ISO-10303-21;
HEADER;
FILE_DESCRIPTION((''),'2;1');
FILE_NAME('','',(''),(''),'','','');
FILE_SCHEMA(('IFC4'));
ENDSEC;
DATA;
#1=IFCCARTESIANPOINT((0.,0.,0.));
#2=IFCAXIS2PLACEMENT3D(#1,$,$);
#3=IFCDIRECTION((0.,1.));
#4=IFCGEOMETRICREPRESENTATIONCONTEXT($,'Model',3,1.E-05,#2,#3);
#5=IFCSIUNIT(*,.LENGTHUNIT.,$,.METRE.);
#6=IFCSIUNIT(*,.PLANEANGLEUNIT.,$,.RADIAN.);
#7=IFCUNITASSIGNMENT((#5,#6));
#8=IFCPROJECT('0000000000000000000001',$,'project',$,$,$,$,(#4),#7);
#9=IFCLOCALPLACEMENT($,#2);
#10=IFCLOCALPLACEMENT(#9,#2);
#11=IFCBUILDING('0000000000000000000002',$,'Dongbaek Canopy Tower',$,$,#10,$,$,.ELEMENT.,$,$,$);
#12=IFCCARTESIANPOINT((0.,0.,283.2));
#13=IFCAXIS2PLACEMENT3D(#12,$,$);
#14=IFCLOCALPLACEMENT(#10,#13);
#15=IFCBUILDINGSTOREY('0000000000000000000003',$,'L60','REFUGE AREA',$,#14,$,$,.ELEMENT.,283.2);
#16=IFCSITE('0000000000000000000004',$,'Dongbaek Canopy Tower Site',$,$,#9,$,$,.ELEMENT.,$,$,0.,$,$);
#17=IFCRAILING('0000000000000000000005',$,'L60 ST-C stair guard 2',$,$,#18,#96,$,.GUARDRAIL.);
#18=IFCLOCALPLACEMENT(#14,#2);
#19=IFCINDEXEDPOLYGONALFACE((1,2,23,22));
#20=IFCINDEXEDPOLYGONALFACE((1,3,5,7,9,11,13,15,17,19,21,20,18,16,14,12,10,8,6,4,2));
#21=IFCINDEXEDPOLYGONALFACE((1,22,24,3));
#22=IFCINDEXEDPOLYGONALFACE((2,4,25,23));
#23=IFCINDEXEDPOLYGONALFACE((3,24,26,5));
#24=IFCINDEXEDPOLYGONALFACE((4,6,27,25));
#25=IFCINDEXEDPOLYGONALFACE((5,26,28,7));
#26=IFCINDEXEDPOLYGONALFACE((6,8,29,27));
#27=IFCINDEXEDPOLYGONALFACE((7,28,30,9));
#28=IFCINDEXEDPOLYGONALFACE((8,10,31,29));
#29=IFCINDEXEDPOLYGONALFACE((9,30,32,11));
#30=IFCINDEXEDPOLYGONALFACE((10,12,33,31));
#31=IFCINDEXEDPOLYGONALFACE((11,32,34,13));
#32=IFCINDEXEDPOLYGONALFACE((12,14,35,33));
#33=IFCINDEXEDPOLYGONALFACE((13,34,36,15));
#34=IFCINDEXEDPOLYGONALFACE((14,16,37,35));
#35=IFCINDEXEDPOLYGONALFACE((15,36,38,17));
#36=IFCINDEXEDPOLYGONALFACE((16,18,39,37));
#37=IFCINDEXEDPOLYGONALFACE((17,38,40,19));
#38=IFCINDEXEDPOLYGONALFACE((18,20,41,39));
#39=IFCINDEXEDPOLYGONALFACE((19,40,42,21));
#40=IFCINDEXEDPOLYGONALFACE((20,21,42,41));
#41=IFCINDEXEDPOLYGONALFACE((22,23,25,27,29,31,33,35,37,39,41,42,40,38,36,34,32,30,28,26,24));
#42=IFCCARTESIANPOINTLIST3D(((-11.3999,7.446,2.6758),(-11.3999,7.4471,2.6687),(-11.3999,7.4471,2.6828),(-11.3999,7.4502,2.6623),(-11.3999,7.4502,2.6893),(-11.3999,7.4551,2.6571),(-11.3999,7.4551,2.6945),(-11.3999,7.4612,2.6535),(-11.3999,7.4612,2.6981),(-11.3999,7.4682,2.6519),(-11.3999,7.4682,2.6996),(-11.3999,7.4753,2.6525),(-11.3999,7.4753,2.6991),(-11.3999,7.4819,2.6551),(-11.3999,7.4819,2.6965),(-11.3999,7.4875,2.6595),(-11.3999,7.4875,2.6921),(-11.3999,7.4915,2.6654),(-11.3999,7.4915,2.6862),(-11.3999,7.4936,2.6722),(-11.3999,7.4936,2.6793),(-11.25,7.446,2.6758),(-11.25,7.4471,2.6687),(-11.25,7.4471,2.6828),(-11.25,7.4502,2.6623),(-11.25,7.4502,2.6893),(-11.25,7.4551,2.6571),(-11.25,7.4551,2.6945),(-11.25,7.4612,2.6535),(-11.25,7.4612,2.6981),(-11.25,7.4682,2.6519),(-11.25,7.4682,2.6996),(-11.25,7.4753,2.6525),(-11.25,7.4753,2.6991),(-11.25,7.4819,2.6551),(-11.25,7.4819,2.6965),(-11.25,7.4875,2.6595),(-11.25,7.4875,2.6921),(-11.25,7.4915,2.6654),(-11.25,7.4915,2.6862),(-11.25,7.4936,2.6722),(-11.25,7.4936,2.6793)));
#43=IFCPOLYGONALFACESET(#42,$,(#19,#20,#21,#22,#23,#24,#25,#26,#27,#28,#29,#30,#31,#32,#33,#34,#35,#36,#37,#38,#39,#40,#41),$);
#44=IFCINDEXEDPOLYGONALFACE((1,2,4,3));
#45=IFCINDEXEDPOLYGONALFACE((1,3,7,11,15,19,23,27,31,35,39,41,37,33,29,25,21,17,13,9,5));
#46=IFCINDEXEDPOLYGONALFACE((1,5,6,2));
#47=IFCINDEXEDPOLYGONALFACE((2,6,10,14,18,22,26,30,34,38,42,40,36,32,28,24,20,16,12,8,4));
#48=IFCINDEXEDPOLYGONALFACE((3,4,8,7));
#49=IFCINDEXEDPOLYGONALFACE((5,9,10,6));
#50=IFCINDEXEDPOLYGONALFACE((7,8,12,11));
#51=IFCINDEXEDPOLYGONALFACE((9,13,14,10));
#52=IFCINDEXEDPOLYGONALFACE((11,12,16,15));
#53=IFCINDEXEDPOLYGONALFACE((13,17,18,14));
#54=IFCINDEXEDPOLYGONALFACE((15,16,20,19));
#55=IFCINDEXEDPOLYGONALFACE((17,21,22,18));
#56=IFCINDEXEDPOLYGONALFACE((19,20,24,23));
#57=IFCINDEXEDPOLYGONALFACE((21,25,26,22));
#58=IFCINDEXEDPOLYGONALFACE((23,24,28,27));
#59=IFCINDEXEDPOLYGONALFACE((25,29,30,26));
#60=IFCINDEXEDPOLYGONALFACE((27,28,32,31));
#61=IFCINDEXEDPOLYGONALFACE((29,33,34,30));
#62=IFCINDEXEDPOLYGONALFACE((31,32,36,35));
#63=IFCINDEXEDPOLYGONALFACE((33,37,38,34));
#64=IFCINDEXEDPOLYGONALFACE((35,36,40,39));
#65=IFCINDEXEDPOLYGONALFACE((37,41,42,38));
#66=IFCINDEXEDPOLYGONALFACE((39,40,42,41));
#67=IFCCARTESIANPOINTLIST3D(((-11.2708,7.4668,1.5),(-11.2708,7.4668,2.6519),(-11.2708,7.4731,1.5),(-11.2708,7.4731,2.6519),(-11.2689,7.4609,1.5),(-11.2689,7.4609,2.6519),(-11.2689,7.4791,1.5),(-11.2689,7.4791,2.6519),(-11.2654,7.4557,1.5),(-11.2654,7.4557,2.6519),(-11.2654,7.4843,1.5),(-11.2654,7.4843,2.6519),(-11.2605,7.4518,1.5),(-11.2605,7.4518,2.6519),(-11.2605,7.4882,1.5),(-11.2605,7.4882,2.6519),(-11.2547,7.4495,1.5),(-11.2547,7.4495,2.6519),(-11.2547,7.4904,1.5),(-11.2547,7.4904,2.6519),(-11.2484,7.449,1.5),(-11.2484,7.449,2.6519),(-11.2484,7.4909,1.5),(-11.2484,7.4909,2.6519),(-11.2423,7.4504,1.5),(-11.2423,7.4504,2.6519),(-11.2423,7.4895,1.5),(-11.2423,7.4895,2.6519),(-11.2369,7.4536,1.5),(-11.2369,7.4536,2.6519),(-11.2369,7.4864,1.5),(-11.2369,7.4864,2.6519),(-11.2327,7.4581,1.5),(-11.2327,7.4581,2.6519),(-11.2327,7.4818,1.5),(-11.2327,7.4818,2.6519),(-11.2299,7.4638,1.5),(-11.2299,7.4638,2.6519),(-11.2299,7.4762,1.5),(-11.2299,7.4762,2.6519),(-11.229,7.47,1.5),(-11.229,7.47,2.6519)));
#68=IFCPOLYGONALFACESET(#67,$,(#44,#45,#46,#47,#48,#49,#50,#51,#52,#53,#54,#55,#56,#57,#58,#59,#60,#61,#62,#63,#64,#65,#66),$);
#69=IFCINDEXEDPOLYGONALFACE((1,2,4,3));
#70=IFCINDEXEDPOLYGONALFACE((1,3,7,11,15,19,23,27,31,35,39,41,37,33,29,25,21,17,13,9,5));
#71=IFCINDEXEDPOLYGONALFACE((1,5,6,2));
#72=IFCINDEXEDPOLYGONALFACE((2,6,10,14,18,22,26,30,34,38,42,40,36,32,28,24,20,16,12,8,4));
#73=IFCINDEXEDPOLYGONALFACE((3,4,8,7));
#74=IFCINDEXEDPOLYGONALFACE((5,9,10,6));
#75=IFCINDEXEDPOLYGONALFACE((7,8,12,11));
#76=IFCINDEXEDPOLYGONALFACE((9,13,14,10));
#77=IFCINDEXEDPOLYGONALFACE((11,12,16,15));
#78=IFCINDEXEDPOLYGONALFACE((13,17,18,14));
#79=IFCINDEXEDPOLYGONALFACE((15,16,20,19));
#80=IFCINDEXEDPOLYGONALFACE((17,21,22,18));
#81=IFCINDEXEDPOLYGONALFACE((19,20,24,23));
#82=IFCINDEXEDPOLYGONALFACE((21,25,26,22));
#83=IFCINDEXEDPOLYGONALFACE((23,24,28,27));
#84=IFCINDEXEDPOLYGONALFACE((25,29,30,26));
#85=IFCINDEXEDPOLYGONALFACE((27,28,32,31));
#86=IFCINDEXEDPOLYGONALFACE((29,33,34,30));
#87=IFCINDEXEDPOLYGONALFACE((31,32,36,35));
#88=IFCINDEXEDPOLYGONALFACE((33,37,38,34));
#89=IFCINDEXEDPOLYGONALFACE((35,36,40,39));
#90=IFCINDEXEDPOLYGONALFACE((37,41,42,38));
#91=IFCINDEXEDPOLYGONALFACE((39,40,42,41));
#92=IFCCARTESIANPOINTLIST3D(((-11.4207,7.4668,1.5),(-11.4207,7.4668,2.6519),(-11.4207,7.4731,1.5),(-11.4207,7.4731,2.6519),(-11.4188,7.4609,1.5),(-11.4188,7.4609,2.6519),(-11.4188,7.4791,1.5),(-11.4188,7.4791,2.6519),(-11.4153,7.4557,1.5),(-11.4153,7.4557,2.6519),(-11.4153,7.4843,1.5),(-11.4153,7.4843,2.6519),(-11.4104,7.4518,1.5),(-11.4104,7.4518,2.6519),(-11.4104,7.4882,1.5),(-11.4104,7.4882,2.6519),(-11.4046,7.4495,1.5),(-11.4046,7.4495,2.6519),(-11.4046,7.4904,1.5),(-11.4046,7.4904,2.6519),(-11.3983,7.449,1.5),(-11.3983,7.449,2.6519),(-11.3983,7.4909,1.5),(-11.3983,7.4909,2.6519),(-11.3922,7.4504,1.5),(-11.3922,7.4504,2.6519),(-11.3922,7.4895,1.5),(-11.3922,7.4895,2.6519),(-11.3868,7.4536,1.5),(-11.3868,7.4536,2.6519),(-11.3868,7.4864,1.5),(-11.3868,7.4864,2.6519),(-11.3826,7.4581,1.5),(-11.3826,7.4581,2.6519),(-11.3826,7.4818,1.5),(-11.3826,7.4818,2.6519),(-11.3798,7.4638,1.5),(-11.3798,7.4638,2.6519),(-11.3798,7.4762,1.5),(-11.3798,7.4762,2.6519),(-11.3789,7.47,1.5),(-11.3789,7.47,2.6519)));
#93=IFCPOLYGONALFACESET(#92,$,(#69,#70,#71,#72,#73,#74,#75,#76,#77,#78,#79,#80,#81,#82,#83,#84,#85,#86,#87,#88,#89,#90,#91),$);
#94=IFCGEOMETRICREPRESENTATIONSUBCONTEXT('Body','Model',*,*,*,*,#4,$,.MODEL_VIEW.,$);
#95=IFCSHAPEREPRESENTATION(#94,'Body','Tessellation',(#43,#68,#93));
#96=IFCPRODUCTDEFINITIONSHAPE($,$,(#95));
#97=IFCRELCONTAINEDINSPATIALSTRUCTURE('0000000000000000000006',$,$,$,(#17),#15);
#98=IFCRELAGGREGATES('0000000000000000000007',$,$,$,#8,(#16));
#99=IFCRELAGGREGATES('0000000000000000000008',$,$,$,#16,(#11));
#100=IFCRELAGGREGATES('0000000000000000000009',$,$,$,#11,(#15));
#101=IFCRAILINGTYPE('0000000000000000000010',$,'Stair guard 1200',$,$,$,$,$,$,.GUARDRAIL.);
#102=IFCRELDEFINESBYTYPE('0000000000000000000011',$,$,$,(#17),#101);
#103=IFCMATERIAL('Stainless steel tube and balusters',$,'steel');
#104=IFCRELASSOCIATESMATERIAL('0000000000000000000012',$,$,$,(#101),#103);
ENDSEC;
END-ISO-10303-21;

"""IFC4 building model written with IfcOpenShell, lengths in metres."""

from ifc_helpers import new_model, si_unit, direction, frame, origin, origin_2d, place, context, subcontext, project, spatial, circle, extrude, material, type_object, element, save


model = new_model("IFC4")

# Units and contexts
model_context = context("Model", 3, precision=1e-05, world=origin(), true_north=direction((0.0, 1.0)))
body_context = subcontext(model_context, "Body", "Model", "MODEL_VIEW")
ifc_project = project(units=[si_unit("LENGTHUNIT", "METRE"), si_unit("PLANEANGLEUNIT", "RADIAN")], contexts=[model_context])

# Site, building, storey
site_placement = place(None, origin())
site = spatial("IfcSite", under=ifc_project, at=site_placement, Name="Dongbaek Canopy Tower Site", CompositionType="ELEMENT", RefElevation=0.0)
building_placement = place(site_placement, origin())
building = spatial("IfcBuilding", under=site, at=building_placement, Name="Dongbaek Canopy Tower", CompositionType="ELEMENT")
storey_placement = place(building_placement, frame((0.0, 0.0, 283.2)))
storey = spatial("IfcBuildingStorey", under=building, at=storey_placement, Name="L60", Description="REFUGE AREA", CompositionType="ELEMENT", Elevation=283.2)

# Railing
ifc_material_1 = material(Name="Stainless steel tube and balusters", Category="steel")
railing_type_1 = type_object("IfcRailingType", Name="Stair guard 1200", PredefinedType="GUARDRAIL", material=ifc_material_1)
railing_1_placement = place(storey_placement, frame((-11.25, 7.47, 1.5)))
element("IfcRailing", 1, at=railing_1_placement, inside=storey, type_object=railing_type_1, Name="L60 ST-C stair guard 2", PredefinedType="GUARDRAIL", context=body_context, shape_type="SweptSolid", body=[
    extrude(circle(Radius=0.0239, at=origin_2d()), frame((0.0, 0.0, 1.1758), z_axis=(-1.0, 0.0, 0.0), x_axis=(0.0, -1.0, 0.0)), (0.0, 0.0, 1.0), 0.1499),
    extrude(circle(Radius=0.021, at=origin_2d()), origin(), (0.0, 0.0, 1.0), 1.1519),
    extrude(circle(Radius=0.021, at=origin_2d()), frame((-0.1499, 0.0, 0.0)), (0.0, 0.0, 1.0), 1.1519),
])

save(model, "model.ifc")
